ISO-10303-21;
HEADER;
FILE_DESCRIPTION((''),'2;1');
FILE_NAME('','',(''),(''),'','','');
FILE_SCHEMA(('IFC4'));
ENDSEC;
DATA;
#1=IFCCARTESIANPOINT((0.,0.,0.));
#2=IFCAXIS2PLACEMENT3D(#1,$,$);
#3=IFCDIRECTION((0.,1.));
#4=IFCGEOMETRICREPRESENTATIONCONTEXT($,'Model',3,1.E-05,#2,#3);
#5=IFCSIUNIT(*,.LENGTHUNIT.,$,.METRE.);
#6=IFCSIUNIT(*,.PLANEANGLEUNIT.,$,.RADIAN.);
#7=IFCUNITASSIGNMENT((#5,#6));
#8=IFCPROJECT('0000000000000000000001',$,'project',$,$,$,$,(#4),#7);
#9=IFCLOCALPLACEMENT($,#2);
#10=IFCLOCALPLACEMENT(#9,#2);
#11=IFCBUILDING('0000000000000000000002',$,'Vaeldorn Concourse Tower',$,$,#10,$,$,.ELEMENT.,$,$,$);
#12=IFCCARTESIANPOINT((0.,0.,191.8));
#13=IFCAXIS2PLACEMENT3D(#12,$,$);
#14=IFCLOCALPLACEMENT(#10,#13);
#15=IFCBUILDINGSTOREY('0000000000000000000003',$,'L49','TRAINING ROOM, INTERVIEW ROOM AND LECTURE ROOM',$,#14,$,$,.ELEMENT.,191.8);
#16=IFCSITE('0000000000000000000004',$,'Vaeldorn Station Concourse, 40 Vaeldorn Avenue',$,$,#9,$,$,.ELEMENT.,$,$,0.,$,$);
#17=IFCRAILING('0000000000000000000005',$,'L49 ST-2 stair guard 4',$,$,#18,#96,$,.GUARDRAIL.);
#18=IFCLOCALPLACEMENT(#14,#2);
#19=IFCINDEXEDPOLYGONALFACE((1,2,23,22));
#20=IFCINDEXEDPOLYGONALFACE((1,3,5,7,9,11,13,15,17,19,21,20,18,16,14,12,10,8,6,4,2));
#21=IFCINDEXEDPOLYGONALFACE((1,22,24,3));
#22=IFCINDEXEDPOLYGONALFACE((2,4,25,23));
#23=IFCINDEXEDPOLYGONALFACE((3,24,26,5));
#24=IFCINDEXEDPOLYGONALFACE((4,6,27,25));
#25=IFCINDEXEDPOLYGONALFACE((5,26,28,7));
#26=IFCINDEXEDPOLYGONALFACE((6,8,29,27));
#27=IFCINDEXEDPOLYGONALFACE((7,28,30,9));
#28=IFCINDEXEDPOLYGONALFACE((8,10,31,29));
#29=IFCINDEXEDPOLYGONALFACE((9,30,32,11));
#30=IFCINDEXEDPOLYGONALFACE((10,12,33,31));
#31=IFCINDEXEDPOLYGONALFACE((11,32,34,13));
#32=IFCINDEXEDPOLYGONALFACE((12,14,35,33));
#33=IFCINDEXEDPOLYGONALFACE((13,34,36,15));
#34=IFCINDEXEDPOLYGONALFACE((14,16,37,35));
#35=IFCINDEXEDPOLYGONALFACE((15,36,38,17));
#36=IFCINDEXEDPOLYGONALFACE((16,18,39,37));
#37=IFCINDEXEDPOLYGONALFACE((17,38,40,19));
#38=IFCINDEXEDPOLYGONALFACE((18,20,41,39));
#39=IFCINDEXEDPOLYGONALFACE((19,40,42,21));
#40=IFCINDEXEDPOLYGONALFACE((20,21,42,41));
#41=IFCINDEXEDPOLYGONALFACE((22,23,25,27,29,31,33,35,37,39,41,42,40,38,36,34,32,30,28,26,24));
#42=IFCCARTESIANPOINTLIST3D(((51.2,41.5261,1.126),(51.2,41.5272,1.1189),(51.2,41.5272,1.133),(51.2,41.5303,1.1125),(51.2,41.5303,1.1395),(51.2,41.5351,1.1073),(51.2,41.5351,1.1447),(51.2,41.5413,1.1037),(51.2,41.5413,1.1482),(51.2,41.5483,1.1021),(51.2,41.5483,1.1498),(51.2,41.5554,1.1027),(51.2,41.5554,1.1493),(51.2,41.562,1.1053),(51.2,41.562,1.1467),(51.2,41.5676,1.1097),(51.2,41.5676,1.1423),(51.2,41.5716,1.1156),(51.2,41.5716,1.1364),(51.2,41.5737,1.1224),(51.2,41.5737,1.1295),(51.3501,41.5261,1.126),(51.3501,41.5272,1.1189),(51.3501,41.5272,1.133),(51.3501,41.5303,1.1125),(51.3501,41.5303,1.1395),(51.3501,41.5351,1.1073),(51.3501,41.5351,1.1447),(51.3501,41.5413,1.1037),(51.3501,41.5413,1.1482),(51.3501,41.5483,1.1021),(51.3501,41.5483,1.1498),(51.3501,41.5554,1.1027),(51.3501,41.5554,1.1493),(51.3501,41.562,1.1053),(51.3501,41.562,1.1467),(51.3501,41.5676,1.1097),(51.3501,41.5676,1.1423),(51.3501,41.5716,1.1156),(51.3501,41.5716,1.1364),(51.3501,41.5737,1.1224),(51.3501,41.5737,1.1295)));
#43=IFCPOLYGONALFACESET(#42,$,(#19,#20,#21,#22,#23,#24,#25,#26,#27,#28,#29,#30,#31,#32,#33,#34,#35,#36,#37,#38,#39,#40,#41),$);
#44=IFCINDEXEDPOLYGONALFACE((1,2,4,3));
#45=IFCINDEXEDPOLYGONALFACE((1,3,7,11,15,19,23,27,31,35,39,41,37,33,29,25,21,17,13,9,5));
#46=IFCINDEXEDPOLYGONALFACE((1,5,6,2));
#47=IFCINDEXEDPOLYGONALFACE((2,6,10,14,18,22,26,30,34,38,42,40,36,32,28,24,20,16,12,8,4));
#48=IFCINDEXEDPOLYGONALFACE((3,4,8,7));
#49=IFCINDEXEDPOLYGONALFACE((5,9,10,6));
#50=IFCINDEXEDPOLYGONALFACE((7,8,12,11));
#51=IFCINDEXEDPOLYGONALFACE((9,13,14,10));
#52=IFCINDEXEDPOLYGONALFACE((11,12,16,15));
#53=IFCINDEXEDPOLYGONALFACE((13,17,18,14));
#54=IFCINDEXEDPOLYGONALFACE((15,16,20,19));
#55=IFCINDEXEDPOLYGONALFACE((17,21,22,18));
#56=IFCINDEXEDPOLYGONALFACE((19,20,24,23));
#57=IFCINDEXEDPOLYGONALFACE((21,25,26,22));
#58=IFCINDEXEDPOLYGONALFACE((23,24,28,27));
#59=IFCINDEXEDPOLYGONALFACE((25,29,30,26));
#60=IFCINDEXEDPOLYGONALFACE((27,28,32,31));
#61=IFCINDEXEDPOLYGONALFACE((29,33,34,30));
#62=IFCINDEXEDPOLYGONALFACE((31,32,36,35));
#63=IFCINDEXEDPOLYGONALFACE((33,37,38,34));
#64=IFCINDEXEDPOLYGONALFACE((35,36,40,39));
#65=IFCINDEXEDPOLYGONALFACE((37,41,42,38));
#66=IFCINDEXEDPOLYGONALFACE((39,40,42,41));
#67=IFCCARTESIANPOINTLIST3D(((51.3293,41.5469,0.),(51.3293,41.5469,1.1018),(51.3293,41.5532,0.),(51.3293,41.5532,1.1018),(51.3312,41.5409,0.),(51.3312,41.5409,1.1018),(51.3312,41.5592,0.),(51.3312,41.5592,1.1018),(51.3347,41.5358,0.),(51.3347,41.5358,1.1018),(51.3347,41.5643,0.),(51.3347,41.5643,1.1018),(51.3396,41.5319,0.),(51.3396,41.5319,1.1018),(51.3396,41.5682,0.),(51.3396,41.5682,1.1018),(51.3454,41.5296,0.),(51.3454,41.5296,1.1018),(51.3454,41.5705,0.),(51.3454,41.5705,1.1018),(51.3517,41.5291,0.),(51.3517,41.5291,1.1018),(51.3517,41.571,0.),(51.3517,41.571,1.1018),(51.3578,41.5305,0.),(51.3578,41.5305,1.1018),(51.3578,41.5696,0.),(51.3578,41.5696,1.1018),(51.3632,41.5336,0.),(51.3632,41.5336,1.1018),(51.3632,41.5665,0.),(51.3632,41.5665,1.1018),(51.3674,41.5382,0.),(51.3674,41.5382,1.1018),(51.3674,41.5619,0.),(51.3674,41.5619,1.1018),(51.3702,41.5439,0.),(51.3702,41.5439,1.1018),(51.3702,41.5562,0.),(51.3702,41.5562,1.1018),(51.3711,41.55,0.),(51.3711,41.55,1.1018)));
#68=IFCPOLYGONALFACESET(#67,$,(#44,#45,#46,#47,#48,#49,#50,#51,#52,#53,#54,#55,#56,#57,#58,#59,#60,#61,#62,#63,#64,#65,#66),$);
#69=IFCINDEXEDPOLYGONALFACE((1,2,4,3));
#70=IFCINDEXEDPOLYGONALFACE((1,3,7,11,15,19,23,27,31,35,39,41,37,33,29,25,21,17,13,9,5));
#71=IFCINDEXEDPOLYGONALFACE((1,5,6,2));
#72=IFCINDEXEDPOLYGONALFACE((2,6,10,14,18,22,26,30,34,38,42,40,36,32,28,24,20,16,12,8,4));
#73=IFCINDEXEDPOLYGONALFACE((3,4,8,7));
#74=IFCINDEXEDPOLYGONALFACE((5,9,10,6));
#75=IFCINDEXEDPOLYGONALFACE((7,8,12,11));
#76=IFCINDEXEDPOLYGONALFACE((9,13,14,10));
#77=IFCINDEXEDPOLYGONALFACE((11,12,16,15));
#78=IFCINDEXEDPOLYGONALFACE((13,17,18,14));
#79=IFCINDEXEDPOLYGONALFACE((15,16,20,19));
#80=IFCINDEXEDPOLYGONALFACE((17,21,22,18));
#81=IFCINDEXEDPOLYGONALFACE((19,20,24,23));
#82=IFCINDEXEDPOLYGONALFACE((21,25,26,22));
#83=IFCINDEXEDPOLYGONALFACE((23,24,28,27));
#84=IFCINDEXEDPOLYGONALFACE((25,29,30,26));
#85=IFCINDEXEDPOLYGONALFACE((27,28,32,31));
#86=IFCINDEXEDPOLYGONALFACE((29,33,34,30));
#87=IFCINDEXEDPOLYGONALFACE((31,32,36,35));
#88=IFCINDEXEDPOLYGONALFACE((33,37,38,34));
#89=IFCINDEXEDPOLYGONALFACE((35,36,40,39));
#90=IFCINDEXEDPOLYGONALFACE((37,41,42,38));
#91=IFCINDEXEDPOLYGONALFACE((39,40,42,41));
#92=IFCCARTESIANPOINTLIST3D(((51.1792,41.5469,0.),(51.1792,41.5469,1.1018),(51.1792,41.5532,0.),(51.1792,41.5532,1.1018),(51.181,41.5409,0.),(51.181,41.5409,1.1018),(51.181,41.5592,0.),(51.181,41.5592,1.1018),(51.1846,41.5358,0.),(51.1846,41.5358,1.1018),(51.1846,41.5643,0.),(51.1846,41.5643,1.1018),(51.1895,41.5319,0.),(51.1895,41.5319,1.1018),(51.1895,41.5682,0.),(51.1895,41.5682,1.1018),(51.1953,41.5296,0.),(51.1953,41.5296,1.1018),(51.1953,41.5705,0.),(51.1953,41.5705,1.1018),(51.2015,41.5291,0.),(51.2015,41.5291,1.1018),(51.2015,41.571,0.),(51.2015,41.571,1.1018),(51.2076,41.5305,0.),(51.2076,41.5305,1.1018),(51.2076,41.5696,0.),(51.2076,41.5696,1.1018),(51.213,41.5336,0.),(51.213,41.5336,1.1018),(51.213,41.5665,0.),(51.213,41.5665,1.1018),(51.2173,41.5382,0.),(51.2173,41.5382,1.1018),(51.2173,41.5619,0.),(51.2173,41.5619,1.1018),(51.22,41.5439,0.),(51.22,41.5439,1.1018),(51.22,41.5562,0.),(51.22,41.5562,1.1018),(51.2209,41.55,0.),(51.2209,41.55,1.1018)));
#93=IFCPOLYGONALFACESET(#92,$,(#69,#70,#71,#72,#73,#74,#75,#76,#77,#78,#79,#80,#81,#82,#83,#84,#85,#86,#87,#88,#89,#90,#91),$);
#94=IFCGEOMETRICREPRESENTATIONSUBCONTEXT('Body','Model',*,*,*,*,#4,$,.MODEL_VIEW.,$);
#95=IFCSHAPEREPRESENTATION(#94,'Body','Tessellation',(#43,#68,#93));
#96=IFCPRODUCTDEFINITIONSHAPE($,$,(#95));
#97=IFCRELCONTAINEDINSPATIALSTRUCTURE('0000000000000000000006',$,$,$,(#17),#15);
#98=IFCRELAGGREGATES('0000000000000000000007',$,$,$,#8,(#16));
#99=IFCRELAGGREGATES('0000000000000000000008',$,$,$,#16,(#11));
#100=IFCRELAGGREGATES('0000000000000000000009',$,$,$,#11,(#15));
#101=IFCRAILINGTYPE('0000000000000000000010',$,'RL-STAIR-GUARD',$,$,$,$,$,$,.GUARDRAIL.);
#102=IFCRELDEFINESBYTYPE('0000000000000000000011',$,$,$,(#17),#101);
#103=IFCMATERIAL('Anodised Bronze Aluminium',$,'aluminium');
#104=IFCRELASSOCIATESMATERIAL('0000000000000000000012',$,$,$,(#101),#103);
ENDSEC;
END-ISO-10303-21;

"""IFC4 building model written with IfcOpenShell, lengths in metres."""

from ifc_helpers import new_model, si_unit, direction, frame, origin, origin_2d, place, context, subcontext, project, spatial, circle, extrude, material, type_object, element, save


model = new_model("IFC4")

# Units and contexts
model_context = context("Model", 3, precision=1e-05, world=origin(), true_north=direction((0.0, 1.0)))
body_context = subcontext(model_context, "Body", "Model", "MODEL_VIEW")
ifc_project = project(units=[si_unit("LENGTHUNIT", "METRE"), si_unit("PLANEANGLEUNIT", "RADIAN")], contexts=[model_context])

# Site, building, storey
site_placement = place(None, origin())
site = spatial("IfcSite", under=ifc_project, at=site_placement, Name="Vaeldorn Station Concourse, 40 Vaeldorn Avenue", CompositionType="ELEMENT", RefElevation=0.0)
building_placement = place(site_placement, origin())
building = spatial("IfcBuilding", under=site, at=building_placement, Name="Vaeldorn Concourse Tower", CompositionType="ELEMENT")
storey_placement = place(building_placement, frame((0.0, 0.0, 191.8)))
storey = spatial("IfcBuildingStorey", under=building, at=storey_placement, Name="L49", Description="TRAINING ROOM, INTERVIEW ROOM AND LECTURE ROOM", CompositionType="ELEMENT", Elevation=191.8)

# Shared definitions
ifc_material_1 = material(Name="Anodised Bronze Aluminium", Category="aluminium")

# Railing
railing_type_1 = type_object("IfcRailingType", Name="RL-STAIR-GUARD", PredefinedType="GUARDRAIL", material=ifc_material_1)
railing_1_placement = place(storey_placement, frame((51.3501, 41.55, 0.0)))
element("IfcRailing", 1, at=railing_1_placement, inside=storey, type_object=railing_type_1, Name="L49 ST-2 stair guard 4", PredefinedType="GUARDRAIL", context=body_context, shape_type="SweptSolid", body=[
    extrude(circle(Radius=0.0239, at=origin_2d()), frame((0.0, 0.0, 1.126), z_axis=(-1.0, 0.0, 0.0), x_axis=(0.0, -1.0, 0.0)), (0.0, 0.0, 1.0), 0.1501),
    extrude(circle(Radius=0.021, at=origin_2d()), origin(), (0.0, 0.0, 1.0), 1.1018),
    extrude(circle(Radius=0.021, at=origin_2d()), frame((-0.1501, 0.0, 0.0)), (0.0, 0.0, 1.0), 1.1018),
])

save(model, "model.ifc")
